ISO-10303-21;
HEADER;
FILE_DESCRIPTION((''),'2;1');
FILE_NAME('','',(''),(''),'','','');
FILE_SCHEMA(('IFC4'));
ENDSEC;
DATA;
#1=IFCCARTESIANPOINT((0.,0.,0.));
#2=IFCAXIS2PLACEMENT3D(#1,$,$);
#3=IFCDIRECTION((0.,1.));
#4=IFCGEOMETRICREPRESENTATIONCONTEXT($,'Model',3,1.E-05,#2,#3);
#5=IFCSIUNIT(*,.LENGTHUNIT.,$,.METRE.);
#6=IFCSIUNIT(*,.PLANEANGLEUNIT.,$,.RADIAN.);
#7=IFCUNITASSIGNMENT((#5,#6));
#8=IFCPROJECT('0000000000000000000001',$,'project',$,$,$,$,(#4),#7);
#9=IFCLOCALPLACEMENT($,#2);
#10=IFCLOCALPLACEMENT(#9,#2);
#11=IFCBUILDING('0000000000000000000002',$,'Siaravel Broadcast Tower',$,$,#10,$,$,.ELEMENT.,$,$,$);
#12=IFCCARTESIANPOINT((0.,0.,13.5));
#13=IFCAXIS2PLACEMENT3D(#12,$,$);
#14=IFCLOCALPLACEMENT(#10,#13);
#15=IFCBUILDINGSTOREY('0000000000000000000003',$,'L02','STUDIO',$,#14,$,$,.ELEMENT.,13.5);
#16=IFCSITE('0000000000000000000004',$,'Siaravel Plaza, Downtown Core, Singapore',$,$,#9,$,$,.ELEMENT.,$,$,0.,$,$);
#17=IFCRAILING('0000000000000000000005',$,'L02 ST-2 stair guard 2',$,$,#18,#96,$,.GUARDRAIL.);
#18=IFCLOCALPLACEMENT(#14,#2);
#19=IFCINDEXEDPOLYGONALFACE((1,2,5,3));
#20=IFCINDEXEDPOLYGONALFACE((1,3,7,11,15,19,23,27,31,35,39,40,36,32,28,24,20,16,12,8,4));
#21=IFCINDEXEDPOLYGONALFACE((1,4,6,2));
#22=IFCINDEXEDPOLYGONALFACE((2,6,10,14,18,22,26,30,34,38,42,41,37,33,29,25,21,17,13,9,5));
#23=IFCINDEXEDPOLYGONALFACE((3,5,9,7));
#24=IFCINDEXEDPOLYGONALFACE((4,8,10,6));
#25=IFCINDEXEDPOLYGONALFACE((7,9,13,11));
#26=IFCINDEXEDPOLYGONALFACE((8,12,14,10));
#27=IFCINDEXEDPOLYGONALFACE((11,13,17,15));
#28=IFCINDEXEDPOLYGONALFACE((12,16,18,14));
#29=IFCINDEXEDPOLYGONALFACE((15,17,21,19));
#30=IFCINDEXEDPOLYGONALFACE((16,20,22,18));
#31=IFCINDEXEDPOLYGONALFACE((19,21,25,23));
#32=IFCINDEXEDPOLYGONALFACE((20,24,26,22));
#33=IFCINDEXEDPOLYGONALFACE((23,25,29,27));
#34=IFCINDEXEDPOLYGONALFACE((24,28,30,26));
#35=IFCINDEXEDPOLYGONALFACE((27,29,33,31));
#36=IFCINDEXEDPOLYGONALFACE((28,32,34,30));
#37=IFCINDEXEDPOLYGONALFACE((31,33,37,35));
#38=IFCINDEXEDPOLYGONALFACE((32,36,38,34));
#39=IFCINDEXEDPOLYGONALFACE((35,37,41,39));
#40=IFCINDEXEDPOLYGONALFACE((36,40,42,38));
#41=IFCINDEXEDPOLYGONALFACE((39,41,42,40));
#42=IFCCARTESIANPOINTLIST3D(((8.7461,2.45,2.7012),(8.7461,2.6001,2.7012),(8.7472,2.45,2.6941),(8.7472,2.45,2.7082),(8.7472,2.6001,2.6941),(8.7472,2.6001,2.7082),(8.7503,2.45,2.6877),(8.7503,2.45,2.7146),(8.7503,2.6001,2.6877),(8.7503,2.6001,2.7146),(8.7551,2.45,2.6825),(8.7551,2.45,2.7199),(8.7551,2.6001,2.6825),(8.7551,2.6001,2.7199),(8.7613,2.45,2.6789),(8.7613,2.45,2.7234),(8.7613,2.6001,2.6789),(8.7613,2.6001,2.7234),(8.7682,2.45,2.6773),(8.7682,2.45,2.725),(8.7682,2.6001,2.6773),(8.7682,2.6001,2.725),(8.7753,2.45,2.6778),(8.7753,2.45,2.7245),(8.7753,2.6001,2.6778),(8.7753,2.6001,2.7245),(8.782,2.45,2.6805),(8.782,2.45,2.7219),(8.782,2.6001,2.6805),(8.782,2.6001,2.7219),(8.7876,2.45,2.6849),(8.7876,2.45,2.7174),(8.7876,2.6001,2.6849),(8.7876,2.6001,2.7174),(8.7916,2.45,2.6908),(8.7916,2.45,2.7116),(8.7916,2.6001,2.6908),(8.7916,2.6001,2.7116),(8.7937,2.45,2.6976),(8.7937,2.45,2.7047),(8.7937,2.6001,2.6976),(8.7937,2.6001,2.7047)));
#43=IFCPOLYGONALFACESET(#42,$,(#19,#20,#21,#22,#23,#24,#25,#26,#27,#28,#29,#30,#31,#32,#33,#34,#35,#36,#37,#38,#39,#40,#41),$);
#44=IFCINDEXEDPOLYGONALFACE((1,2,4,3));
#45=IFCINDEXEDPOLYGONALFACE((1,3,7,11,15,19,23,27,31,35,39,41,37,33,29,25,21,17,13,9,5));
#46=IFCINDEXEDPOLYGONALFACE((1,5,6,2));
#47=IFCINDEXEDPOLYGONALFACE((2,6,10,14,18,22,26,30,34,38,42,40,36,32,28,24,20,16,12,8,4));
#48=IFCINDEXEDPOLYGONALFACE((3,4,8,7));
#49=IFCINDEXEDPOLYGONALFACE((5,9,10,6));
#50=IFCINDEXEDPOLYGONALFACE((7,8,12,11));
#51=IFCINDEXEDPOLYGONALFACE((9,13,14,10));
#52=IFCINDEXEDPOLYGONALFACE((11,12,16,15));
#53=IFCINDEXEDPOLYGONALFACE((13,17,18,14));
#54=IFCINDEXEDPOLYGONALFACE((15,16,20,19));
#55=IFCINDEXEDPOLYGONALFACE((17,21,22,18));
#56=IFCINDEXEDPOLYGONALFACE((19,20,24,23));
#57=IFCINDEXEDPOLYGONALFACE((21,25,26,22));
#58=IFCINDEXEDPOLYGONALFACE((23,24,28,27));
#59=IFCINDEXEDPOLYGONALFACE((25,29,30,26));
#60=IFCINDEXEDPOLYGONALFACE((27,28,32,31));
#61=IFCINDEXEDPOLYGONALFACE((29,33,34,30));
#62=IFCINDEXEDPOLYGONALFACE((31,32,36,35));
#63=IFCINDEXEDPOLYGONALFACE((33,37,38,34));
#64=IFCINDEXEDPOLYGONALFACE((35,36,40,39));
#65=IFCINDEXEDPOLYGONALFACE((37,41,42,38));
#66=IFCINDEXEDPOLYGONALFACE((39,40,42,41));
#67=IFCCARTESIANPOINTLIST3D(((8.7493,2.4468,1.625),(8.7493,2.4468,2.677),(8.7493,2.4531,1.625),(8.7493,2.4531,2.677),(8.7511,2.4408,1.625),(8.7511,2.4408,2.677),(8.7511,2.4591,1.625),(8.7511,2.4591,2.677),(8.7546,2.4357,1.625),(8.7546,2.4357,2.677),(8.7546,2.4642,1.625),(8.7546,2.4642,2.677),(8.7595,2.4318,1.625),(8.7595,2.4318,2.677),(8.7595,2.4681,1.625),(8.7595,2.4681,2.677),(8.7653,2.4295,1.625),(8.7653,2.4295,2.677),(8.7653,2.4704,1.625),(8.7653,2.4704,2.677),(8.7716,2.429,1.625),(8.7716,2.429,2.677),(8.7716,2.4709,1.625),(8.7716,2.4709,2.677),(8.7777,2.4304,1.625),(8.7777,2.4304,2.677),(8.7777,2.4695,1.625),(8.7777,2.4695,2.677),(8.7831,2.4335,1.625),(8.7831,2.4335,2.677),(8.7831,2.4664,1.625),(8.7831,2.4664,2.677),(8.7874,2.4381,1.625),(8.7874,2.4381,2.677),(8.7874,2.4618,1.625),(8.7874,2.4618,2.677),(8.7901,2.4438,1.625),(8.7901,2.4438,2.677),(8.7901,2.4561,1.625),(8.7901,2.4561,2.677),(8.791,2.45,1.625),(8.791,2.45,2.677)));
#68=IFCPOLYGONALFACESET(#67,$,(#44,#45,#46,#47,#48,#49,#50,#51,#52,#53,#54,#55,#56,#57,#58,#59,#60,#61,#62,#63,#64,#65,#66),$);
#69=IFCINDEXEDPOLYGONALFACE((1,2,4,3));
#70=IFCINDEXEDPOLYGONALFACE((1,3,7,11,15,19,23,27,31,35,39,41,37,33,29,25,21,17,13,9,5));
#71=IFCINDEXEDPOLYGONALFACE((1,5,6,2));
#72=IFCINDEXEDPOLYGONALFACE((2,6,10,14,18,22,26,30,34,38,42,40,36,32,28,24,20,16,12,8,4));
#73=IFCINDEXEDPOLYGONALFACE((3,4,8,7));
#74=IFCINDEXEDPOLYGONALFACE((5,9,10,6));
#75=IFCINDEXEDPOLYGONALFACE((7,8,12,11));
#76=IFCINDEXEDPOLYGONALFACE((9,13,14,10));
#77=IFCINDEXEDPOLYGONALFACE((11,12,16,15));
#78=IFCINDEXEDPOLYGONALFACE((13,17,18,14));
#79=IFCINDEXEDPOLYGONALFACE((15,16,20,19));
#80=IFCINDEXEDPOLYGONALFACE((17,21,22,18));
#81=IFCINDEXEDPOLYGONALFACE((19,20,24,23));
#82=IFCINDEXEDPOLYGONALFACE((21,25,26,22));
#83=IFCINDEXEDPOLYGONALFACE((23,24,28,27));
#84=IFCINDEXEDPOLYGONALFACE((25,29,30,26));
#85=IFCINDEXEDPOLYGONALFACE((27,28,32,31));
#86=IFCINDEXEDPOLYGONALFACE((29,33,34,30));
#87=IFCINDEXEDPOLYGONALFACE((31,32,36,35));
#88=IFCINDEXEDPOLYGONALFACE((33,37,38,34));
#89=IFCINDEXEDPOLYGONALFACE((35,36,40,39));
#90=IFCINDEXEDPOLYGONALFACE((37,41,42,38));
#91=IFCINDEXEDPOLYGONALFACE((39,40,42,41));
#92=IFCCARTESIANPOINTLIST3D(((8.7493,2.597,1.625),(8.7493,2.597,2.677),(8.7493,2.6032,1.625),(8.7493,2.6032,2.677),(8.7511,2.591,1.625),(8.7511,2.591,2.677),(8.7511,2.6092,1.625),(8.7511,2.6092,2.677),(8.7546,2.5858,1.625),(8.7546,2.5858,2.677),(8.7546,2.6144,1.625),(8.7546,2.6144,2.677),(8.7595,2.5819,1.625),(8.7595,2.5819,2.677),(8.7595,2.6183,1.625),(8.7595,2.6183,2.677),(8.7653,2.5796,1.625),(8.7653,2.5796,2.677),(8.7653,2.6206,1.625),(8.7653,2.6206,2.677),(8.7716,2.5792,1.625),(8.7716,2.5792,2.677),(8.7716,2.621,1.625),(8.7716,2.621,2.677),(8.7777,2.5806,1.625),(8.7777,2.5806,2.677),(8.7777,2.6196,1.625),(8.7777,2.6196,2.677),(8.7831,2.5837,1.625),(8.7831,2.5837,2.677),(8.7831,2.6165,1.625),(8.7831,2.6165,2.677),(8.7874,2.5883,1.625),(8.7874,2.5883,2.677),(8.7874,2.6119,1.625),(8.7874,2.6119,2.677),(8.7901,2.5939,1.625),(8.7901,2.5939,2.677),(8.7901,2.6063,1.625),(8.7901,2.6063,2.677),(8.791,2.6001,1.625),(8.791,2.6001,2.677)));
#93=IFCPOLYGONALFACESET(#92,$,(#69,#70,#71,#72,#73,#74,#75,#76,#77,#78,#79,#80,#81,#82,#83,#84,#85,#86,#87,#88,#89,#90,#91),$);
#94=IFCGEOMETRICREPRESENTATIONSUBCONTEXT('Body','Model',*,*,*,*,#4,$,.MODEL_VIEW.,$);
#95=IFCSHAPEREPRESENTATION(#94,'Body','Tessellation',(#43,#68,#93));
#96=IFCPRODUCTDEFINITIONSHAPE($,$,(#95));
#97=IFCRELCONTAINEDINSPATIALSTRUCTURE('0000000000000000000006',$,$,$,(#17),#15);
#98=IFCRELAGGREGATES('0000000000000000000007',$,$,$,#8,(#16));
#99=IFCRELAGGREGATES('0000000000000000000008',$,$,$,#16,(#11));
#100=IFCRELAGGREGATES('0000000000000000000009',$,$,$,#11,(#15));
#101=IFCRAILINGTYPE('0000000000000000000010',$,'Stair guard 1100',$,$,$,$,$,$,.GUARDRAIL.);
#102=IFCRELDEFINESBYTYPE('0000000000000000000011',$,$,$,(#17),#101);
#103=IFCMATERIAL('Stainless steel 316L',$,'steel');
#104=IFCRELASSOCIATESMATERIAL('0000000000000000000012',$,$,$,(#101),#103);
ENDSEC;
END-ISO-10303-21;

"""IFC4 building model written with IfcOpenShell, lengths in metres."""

from ifc_helpers import new_model, si_unit, direction, frame, origin, origin_2d, place, context, subcontext, project, spatial, circle, extrude, material, type_object, element, save


model = new_model("IFC4")

# Units and contexts
model_context = context("Model", 3, precision=1e-05, world=origin(), true_north=direction((0.0, 1.0)))
body_context = subcontext(model_context, "Body", "Model", "MODEL_VIEW")
ifc_project = project(units=[si_unit("LENGTHUNIT", "METRE"), si_unit("PLANEANGLEUNIT", "RADIAN")], contexts=[model_context])

# Site, building, storey
site_placement = place(None, origin())
site = spatial("IfcSite", under=ifc_project, at=site_placement, Name="Siaravel Plaza, Downtown Core, Singapore", CompositionType="ELEMENT", RefElevation=0.0)
building_placement = place(site_placement, origin())
building = spatial("IfcBuilding", under=site, at=building_placement, Name="Siaravel Broadcast Tower", CompositionType="ELEMENT")
storey_placement = place(building_placement, frame((0.0, 0.0, 13.5)))
storey = spatial("IfcBuildingStorey", under=building, at=storey_placement, Name="L02", Description="STUDIO", CompositionType="ELEMENT", Elevation=13.5)

# Railing
ifc_material_1 = material(Name="Stainless steel 316L", Category="steel")
railing_type_1 = type_object("IfcRailingType", Name="Stair guard 1100", PredefinedType="GUARDRAIL", material=ifc_material_1)
railing_1_placement = place(storey_placement, frame((8.77, 2.45, 1.625)))
element("IfcRailing", 1, at=railing_1_placement, inside=storey, type_object=railing_type_1, Name="L02 ST-2 stair guard 2", PredefinedType="GUARDRAIL", context=body_context, shape_type="SweptSolid", body=[
    extrude(circle(Radius=0.0239, at=origin_2d()), frame((0.0, 0.0, 1.0762), z_axis=(0.0, 1.0, 0.0), x_axis=(-1.0, 0.0, 0.0)), (0.0, 0.0, 1.0), 0.1501),
    extrude(circle(Radius=0.021, at=origin_2d()), origin(), (0.0, 0.0, 1.0), 1.052),
    extrude(circle(Radius=0.021, at=origin_2d()), frame((0.0, 0.1501, 0.0)), (0.0, 0.0, 1.0), 1.052),
])

save(model, "model.ifc")
